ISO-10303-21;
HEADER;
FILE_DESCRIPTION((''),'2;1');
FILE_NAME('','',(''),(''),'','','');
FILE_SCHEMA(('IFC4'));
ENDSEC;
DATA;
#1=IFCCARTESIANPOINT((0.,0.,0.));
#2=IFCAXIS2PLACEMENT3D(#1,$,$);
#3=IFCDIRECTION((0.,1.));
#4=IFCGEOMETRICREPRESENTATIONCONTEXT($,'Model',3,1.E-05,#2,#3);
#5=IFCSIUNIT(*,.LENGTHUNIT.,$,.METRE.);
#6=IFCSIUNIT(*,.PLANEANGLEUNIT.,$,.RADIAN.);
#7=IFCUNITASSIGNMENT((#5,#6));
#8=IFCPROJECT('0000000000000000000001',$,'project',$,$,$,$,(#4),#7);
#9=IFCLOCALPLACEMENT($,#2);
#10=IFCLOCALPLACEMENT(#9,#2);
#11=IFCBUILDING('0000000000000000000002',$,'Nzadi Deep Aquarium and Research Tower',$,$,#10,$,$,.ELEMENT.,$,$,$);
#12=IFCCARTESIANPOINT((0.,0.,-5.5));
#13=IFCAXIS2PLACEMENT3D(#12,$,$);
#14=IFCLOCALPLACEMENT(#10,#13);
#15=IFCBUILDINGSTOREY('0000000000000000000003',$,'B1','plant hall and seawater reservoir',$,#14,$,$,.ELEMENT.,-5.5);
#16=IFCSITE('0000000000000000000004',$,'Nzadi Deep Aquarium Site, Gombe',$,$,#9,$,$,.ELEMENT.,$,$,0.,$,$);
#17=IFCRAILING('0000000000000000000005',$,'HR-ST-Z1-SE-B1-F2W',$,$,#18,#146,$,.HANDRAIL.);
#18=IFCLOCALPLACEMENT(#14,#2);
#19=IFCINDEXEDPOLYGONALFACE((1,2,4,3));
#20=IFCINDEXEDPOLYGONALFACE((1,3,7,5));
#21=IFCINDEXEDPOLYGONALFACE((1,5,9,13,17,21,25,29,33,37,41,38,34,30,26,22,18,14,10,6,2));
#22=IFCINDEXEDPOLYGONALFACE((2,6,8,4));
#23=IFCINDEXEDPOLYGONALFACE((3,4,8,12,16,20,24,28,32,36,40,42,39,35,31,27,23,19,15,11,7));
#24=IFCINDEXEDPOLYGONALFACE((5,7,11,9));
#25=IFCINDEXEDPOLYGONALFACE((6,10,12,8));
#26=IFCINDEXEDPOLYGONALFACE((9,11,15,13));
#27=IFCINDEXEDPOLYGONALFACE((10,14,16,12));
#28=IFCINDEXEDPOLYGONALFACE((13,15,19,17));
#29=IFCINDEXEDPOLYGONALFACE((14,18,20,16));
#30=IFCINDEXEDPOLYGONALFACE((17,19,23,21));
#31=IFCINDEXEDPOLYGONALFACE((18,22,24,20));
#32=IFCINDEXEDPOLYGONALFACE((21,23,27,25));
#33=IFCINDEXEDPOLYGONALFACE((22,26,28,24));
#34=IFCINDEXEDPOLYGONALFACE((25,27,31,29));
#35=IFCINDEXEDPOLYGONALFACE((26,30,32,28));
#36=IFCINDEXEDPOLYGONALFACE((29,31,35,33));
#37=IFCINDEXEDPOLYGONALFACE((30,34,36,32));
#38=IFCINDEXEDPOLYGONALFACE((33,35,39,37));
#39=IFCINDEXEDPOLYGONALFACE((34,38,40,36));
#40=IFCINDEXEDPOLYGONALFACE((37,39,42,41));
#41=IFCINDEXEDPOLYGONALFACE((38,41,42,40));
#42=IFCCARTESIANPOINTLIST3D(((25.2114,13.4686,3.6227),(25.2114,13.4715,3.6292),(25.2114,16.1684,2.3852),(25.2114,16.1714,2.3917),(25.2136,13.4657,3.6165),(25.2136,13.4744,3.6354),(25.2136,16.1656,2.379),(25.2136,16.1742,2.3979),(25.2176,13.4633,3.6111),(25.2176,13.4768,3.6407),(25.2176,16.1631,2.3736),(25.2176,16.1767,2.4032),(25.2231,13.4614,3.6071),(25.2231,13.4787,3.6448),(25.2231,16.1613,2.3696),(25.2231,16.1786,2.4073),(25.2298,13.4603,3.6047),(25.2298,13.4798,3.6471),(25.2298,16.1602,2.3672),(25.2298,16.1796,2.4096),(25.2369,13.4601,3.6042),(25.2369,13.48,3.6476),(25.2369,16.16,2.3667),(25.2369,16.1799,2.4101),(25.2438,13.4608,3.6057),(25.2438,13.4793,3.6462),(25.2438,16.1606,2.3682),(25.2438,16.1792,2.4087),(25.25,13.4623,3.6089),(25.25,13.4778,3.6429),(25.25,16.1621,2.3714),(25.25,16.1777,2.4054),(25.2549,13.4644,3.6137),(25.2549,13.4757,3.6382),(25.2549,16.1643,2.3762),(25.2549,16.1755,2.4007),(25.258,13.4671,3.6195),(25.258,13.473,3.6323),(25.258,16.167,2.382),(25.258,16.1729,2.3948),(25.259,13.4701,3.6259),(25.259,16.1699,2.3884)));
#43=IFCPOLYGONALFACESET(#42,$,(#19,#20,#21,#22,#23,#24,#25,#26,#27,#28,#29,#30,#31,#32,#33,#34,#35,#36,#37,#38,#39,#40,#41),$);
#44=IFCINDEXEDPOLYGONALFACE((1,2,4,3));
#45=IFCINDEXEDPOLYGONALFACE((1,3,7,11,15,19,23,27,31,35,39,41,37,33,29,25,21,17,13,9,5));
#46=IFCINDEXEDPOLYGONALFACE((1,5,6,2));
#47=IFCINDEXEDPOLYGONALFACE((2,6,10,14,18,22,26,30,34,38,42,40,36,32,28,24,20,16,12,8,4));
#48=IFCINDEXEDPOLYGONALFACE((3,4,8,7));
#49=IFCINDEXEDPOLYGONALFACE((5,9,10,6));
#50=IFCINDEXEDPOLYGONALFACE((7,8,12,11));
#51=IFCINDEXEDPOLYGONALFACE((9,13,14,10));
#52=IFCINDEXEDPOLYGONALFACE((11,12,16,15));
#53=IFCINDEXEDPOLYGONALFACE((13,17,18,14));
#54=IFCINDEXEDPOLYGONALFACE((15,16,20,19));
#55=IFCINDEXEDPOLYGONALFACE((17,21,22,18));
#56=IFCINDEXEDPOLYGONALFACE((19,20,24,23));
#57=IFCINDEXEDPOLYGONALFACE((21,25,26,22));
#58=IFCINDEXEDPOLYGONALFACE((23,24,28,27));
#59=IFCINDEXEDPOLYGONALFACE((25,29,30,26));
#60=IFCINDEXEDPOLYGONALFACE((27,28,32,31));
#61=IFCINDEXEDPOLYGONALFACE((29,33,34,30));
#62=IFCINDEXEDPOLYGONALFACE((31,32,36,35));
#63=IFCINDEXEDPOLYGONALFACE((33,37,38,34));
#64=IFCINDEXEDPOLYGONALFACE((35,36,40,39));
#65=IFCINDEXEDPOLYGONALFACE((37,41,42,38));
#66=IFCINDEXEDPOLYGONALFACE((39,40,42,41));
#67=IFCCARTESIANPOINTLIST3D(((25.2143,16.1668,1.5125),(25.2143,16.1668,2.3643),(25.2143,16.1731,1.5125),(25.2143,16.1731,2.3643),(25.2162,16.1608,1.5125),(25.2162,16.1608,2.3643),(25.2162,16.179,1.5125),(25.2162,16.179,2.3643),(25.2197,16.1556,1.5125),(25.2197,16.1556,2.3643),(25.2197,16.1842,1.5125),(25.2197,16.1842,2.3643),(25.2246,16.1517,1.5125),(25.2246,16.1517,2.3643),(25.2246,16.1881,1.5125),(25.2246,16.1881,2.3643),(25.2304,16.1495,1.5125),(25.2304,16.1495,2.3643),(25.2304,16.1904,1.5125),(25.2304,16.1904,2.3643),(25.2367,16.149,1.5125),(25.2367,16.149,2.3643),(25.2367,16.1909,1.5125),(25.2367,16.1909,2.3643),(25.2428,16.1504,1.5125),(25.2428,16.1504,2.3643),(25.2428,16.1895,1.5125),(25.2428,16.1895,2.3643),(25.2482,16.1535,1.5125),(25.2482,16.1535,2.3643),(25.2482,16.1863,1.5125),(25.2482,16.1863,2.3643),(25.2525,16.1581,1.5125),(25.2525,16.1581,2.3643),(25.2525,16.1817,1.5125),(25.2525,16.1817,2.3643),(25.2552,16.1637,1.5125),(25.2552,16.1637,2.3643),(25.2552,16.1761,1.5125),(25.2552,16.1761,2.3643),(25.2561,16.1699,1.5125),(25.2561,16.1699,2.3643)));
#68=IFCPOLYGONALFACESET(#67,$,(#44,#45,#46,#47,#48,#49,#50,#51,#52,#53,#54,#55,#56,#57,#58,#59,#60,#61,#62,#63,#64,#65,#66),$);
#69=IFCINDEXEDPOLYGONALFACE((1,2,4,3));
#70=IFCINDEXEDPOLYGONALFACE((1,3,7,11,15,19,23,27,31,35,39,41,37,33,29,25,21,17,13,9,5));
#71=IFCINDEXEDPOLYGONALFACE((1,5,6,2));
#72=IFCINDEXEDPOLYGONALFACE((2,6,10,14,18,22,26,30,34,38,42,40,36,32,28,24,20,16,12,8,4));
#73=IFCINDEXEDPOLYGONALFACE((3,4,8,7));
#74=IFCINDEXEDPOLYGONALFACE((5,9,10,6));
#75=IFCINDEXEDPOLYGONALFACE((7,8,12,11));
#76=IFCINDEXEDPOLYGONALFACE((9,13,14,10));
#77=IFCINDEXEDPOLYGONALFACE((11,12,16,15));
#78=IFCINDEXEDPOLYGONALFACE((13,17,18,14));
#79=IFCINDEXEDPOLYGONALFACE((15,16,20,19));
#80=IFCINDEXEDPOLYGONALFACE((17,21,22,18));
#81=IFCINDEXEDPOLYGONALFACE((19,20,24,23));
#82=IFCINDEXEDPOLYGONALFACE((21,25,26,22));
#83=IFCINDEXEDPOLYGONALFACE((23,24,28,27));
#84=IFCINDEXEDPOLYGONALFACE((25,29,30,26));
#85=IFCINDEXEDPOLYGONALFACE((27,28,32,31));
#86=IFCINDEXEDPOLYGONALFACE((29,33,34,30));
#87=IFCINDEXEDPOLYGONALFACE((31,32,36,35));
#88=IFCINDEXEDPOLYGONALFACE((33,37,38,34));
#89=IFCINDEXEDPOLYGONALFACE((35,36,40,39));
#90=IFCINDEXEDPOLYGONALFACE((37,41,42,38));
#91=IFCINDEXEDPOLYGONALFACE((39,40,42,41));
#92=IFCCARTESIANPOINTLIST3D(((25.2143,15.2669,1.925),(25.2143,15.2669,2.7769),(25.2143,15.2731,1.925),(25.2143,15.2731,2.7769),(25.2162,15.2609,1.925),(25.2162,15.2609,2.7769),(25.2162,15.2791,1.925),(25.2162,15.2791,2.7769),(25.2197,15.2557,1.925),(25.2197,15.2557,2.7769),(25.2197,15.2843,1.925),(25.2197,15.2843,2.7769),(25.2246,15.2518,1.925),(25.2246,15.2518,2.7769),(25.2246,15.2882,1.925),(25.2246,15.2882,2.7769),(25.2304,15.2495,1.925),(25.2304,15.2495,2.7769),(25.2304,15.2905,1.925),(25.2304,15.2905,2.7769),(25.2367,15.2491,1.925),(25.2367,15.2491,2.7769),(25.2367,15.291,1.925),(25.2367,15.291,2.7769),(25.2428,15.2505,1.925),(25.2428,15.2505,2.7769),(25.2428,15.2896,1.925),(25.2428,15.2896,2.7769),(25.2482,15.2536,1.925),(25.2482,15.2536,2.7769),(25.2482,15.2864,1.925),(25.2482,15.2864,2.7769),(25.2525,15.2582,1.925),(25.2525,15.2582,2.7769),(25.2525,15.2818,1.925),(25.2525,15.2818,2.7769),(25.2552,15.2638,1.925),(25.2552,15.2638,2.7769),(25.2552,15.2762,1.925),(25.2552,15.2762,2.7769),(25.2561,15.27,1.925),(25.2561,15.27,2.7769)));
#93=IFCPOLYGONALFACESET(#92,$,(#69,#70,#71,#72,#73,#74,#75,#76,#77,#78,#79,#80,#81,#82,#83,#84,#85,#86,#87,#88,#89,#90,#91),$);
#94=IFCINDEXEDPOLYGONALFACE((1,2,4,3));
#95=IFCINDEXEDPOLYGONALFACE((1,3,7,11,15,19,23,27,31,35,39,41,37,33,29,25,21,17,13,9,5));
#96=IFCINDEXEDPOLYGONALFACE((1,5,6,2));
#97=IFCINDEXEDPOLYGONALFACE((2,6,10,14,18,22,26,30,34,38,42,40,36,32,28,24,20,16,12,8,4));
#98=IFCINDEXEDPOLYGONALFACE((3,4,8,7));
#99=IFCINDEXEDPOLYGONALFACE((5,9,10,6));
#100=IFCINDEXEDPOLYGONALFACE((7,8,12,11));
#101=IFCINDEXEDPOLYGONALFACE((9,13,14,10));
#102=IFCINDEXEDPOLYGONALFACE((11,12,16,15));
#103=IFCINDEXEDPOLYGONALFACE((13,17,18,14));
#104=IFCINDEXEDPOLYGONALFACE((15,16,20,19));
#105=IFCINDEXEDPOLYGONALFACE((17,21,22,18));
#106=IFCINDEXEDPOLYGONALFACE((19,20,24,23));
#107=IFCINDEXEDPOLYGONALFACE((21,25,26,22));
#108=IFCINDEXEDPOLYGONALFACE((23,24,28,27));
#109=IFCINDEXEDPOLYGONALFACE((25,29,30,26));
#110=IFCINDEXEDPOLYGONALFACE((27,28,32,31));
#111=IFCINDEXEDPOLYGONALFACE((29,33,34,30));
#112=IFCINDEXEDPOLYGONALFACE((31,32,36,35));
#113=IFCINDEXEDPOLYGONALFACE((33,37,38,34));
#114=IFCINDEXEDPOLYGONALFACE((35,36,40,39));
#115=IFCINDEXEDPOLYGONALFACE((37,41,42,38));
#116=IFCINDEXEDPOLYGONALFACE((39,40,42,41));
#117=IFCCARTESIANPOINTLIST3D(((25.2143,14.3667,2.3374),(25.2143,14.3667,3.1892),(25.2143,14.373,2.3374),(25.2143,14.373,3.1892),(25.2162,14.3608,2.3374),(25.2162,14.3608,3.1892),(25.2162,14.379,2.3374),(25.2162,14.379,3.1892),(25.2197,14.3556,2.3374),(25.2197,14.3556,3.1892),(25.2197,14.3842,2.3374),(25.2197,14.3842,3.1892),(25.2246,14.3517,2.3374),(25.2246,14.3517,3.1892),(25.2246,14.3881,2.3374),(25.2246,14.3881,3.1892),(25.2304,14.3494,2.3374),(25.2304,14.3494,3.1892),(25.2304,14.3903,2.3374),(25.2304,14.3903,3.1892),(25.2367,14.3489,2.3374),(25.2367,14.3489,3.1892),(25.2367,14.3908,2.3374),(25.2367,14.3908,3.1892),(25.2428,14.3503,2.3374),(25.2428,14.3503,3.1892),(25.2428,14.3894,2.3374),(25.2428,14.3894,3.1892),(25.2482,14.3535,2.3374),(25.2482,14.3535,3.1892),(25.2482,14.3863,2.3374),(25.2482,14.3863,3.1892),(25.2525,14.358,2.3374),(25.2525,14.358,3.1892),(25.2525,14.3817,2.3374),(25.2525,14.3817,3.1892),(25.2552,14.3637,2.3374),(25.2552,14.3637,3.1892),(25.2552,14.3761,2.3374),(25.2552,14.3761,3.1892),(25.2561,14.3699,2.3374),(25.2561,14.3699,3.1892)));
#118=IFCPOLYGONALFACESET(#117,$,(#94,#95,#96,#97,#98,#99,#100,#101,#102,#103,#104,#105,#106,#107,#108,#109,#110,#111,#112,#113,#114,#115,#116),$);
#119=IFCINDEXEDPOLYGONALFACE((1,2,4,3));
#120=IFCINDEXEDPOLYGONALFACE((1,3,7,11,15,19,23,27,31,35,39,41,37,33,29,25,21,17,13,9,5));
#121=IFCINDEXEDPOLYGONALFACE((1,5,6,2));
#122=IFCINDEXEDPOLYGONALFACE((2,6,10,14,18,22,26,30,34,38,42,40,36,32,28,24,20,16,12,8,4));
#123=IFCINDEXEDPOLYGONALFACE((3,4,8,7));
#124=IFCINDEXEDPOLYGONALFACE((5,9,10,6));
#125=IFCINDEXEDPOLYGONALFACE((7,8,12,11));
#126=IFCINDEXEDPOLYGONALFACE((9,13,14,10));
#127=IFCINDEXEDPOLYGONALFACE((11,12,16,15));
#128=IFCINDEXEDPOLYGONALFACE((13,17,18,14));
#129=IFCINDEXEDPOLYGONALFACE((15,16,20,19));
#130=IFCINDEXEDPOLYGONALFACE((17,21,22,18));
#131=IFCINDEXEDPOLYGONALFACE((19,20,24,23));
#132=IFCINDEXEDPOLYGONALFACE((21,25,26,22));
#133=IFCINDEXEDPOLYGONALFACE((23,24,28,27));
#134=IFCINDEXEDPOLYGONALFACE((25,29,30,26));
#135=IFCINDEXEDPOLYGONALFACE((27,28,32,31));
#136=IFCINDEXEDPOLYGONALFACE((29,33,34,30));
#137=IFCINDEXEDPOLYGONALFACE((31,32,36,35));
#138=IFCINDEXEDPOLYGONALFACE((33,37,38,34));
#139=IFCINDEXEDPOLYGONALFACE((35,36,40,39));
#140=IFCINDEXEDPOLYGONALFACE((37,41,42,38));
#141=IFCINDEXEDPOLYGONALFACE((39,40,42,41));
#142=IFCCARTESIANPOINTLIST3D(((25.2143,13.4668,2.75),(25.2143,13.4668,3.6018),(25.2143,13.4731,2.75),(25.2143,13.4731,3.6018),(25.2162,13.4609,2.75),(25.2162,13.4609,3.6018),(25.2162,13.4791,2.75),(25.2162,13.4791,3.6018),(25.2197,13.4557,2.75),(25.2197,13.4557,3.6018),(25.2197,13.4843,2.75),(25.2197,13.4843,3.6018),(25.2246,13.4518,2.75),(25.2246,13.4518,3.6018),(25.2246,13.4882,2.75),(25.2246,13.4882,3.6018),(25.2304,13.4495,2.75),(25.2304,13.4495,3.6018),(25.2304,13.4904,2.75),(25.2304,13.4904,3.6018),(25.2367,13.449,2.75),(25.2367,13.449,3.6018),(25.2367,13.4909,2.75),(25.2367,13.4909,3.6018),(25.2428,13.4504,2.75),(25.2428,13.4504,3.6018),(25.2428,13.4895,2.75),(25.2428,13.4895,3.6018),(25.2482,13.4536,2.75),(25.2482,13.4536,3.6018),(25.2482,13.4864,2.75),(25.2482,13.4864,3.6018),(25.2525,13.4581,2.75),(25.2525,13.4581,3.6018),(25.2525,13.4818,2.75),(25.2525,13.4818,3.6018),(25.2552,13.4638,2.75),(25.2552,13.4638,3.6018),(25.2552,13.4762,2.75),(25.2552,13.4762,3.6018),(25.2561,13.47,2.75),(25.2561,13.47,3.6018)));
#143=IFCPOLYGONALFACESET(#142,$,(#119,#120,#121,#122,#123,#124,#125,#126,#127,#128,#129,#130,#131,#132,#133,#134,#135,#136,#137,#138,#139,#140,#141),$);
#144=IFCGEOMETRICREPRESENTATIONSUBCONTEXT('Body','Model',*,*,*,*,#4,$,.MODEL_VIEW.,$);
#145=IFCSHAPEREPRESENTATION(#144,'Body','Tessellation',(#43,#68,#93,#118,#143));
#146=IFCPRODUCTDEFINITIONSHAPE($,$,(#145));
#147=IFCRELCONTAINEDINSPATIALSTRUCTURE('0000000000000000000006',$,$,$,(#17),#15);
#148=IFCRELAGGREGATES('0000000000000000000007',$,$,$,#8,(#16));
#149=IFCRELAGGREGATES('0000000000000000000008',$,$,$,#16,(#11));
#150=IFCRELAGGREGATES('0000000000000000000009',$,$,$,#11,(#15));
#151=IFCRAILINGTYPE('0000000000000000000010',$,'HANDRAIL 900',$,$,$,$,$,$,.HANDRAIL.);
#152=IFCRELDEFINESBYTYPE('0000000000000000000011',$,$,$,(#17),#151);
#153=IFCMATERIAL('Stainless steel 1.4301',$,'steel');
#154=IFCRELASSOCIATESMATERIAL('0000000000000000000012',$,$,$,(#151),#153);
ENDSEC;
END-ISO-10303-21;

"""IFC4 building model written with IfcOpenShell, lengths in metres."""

from ifc_helpers import new_model, si_unit, direction, frame, origin, origin_2d, place, context, subcontext, project, spatial, circle, extrude, material, type_object, element, save


model = new_model("IFC4")

# Units and contexts
model_context = context("Model", 3, precision=1e-05, world=origin(), true_north=direction((0.0, 1.0)))
body_context = subcontext(model_context, "Body", "Model", "MODEL_VIEW")
ifc_project = project(units=[si_unit("LENGTHUNIT", "METRE"), si_unit("PLANEANGLEUNIT", "RADIAN")], contexts=[model_context])

# Site, building, storey
site_placement = place(None, origin())
site = spatial("IfcSite", under=ifc_project, at=site_placement, Name="Nzadi Deep Aquarium Site, Gombe", CompositionType="ELEMENT", RefElevation=0.0)
building_placement = place(site_placement, origin())
building = spatial("IfcBuilding", under=site, at=building_placement, Name="Nzadi Deep Aquarium and Research Tower", CompositionType="ELEMENT")
storey_placement = place(building_placement, frame((0.0, 0.0, -5.5)))
storey = spatial("IfcBuildingStorey", under=building, at=storey_placement, Name="B1", Description="plant hall and seawater reservoir", CompositionType="ELEMENT", Elevation=-5.5)

# Railing
ifc_material_1 = material(Name="Stainless steel 1.4301", Category="steel")
railing_type = type_object("IfcRailingType", Name="HANDRAIL 900", PredefinedType="HANDRAIL", material=ifc_material_1)
for number, where, name in (
    (1, (25.2351, 16.1699, 1.5125), "HR-ST-Z1-SE-B1-F2W"),
):
    element("IfcRailing", number, at=place(storey_placement, frame(where)), inside=storey, type_object=railing_type, Name=name, PredefinedType="HANDRAIL", context=body_context, shape_type="SweptSolid", body=[
        extrude(circle(Radius=0.0239, at=origin_2d()), frame((0.0, 0.0, 0.876), z_axis=(0.0, -0.909056, 0.416675), x_axis=(1.0, 0.0, 0.0)), (0.0, 0.0, 1.0), 2.97),
        extrude(circle(Radius=0.021, at=origin_2d()), origin(), (0.0, 0.0, 1.0), 0.8518),
        extrude(circle(Radius=0.021, at=origin_2d()), frame((0.0, -0.8999, 0.4126)), (0.0, 0.0, 1.0), 0.8518),
        extrude(circle(Radius=0.021, at=origin_2d()), frame((0.0, -1.8, 0.825)), (0.0, 0.0, 1.0), 0.8518),
        extrude(circle(Radius=0.021, at=origin_2d()), frame((0.0, -2.7, 1.2375)), (0.0, 0.0, 1.0), 0.8518),
    ])

save(model, "model.ifc")
